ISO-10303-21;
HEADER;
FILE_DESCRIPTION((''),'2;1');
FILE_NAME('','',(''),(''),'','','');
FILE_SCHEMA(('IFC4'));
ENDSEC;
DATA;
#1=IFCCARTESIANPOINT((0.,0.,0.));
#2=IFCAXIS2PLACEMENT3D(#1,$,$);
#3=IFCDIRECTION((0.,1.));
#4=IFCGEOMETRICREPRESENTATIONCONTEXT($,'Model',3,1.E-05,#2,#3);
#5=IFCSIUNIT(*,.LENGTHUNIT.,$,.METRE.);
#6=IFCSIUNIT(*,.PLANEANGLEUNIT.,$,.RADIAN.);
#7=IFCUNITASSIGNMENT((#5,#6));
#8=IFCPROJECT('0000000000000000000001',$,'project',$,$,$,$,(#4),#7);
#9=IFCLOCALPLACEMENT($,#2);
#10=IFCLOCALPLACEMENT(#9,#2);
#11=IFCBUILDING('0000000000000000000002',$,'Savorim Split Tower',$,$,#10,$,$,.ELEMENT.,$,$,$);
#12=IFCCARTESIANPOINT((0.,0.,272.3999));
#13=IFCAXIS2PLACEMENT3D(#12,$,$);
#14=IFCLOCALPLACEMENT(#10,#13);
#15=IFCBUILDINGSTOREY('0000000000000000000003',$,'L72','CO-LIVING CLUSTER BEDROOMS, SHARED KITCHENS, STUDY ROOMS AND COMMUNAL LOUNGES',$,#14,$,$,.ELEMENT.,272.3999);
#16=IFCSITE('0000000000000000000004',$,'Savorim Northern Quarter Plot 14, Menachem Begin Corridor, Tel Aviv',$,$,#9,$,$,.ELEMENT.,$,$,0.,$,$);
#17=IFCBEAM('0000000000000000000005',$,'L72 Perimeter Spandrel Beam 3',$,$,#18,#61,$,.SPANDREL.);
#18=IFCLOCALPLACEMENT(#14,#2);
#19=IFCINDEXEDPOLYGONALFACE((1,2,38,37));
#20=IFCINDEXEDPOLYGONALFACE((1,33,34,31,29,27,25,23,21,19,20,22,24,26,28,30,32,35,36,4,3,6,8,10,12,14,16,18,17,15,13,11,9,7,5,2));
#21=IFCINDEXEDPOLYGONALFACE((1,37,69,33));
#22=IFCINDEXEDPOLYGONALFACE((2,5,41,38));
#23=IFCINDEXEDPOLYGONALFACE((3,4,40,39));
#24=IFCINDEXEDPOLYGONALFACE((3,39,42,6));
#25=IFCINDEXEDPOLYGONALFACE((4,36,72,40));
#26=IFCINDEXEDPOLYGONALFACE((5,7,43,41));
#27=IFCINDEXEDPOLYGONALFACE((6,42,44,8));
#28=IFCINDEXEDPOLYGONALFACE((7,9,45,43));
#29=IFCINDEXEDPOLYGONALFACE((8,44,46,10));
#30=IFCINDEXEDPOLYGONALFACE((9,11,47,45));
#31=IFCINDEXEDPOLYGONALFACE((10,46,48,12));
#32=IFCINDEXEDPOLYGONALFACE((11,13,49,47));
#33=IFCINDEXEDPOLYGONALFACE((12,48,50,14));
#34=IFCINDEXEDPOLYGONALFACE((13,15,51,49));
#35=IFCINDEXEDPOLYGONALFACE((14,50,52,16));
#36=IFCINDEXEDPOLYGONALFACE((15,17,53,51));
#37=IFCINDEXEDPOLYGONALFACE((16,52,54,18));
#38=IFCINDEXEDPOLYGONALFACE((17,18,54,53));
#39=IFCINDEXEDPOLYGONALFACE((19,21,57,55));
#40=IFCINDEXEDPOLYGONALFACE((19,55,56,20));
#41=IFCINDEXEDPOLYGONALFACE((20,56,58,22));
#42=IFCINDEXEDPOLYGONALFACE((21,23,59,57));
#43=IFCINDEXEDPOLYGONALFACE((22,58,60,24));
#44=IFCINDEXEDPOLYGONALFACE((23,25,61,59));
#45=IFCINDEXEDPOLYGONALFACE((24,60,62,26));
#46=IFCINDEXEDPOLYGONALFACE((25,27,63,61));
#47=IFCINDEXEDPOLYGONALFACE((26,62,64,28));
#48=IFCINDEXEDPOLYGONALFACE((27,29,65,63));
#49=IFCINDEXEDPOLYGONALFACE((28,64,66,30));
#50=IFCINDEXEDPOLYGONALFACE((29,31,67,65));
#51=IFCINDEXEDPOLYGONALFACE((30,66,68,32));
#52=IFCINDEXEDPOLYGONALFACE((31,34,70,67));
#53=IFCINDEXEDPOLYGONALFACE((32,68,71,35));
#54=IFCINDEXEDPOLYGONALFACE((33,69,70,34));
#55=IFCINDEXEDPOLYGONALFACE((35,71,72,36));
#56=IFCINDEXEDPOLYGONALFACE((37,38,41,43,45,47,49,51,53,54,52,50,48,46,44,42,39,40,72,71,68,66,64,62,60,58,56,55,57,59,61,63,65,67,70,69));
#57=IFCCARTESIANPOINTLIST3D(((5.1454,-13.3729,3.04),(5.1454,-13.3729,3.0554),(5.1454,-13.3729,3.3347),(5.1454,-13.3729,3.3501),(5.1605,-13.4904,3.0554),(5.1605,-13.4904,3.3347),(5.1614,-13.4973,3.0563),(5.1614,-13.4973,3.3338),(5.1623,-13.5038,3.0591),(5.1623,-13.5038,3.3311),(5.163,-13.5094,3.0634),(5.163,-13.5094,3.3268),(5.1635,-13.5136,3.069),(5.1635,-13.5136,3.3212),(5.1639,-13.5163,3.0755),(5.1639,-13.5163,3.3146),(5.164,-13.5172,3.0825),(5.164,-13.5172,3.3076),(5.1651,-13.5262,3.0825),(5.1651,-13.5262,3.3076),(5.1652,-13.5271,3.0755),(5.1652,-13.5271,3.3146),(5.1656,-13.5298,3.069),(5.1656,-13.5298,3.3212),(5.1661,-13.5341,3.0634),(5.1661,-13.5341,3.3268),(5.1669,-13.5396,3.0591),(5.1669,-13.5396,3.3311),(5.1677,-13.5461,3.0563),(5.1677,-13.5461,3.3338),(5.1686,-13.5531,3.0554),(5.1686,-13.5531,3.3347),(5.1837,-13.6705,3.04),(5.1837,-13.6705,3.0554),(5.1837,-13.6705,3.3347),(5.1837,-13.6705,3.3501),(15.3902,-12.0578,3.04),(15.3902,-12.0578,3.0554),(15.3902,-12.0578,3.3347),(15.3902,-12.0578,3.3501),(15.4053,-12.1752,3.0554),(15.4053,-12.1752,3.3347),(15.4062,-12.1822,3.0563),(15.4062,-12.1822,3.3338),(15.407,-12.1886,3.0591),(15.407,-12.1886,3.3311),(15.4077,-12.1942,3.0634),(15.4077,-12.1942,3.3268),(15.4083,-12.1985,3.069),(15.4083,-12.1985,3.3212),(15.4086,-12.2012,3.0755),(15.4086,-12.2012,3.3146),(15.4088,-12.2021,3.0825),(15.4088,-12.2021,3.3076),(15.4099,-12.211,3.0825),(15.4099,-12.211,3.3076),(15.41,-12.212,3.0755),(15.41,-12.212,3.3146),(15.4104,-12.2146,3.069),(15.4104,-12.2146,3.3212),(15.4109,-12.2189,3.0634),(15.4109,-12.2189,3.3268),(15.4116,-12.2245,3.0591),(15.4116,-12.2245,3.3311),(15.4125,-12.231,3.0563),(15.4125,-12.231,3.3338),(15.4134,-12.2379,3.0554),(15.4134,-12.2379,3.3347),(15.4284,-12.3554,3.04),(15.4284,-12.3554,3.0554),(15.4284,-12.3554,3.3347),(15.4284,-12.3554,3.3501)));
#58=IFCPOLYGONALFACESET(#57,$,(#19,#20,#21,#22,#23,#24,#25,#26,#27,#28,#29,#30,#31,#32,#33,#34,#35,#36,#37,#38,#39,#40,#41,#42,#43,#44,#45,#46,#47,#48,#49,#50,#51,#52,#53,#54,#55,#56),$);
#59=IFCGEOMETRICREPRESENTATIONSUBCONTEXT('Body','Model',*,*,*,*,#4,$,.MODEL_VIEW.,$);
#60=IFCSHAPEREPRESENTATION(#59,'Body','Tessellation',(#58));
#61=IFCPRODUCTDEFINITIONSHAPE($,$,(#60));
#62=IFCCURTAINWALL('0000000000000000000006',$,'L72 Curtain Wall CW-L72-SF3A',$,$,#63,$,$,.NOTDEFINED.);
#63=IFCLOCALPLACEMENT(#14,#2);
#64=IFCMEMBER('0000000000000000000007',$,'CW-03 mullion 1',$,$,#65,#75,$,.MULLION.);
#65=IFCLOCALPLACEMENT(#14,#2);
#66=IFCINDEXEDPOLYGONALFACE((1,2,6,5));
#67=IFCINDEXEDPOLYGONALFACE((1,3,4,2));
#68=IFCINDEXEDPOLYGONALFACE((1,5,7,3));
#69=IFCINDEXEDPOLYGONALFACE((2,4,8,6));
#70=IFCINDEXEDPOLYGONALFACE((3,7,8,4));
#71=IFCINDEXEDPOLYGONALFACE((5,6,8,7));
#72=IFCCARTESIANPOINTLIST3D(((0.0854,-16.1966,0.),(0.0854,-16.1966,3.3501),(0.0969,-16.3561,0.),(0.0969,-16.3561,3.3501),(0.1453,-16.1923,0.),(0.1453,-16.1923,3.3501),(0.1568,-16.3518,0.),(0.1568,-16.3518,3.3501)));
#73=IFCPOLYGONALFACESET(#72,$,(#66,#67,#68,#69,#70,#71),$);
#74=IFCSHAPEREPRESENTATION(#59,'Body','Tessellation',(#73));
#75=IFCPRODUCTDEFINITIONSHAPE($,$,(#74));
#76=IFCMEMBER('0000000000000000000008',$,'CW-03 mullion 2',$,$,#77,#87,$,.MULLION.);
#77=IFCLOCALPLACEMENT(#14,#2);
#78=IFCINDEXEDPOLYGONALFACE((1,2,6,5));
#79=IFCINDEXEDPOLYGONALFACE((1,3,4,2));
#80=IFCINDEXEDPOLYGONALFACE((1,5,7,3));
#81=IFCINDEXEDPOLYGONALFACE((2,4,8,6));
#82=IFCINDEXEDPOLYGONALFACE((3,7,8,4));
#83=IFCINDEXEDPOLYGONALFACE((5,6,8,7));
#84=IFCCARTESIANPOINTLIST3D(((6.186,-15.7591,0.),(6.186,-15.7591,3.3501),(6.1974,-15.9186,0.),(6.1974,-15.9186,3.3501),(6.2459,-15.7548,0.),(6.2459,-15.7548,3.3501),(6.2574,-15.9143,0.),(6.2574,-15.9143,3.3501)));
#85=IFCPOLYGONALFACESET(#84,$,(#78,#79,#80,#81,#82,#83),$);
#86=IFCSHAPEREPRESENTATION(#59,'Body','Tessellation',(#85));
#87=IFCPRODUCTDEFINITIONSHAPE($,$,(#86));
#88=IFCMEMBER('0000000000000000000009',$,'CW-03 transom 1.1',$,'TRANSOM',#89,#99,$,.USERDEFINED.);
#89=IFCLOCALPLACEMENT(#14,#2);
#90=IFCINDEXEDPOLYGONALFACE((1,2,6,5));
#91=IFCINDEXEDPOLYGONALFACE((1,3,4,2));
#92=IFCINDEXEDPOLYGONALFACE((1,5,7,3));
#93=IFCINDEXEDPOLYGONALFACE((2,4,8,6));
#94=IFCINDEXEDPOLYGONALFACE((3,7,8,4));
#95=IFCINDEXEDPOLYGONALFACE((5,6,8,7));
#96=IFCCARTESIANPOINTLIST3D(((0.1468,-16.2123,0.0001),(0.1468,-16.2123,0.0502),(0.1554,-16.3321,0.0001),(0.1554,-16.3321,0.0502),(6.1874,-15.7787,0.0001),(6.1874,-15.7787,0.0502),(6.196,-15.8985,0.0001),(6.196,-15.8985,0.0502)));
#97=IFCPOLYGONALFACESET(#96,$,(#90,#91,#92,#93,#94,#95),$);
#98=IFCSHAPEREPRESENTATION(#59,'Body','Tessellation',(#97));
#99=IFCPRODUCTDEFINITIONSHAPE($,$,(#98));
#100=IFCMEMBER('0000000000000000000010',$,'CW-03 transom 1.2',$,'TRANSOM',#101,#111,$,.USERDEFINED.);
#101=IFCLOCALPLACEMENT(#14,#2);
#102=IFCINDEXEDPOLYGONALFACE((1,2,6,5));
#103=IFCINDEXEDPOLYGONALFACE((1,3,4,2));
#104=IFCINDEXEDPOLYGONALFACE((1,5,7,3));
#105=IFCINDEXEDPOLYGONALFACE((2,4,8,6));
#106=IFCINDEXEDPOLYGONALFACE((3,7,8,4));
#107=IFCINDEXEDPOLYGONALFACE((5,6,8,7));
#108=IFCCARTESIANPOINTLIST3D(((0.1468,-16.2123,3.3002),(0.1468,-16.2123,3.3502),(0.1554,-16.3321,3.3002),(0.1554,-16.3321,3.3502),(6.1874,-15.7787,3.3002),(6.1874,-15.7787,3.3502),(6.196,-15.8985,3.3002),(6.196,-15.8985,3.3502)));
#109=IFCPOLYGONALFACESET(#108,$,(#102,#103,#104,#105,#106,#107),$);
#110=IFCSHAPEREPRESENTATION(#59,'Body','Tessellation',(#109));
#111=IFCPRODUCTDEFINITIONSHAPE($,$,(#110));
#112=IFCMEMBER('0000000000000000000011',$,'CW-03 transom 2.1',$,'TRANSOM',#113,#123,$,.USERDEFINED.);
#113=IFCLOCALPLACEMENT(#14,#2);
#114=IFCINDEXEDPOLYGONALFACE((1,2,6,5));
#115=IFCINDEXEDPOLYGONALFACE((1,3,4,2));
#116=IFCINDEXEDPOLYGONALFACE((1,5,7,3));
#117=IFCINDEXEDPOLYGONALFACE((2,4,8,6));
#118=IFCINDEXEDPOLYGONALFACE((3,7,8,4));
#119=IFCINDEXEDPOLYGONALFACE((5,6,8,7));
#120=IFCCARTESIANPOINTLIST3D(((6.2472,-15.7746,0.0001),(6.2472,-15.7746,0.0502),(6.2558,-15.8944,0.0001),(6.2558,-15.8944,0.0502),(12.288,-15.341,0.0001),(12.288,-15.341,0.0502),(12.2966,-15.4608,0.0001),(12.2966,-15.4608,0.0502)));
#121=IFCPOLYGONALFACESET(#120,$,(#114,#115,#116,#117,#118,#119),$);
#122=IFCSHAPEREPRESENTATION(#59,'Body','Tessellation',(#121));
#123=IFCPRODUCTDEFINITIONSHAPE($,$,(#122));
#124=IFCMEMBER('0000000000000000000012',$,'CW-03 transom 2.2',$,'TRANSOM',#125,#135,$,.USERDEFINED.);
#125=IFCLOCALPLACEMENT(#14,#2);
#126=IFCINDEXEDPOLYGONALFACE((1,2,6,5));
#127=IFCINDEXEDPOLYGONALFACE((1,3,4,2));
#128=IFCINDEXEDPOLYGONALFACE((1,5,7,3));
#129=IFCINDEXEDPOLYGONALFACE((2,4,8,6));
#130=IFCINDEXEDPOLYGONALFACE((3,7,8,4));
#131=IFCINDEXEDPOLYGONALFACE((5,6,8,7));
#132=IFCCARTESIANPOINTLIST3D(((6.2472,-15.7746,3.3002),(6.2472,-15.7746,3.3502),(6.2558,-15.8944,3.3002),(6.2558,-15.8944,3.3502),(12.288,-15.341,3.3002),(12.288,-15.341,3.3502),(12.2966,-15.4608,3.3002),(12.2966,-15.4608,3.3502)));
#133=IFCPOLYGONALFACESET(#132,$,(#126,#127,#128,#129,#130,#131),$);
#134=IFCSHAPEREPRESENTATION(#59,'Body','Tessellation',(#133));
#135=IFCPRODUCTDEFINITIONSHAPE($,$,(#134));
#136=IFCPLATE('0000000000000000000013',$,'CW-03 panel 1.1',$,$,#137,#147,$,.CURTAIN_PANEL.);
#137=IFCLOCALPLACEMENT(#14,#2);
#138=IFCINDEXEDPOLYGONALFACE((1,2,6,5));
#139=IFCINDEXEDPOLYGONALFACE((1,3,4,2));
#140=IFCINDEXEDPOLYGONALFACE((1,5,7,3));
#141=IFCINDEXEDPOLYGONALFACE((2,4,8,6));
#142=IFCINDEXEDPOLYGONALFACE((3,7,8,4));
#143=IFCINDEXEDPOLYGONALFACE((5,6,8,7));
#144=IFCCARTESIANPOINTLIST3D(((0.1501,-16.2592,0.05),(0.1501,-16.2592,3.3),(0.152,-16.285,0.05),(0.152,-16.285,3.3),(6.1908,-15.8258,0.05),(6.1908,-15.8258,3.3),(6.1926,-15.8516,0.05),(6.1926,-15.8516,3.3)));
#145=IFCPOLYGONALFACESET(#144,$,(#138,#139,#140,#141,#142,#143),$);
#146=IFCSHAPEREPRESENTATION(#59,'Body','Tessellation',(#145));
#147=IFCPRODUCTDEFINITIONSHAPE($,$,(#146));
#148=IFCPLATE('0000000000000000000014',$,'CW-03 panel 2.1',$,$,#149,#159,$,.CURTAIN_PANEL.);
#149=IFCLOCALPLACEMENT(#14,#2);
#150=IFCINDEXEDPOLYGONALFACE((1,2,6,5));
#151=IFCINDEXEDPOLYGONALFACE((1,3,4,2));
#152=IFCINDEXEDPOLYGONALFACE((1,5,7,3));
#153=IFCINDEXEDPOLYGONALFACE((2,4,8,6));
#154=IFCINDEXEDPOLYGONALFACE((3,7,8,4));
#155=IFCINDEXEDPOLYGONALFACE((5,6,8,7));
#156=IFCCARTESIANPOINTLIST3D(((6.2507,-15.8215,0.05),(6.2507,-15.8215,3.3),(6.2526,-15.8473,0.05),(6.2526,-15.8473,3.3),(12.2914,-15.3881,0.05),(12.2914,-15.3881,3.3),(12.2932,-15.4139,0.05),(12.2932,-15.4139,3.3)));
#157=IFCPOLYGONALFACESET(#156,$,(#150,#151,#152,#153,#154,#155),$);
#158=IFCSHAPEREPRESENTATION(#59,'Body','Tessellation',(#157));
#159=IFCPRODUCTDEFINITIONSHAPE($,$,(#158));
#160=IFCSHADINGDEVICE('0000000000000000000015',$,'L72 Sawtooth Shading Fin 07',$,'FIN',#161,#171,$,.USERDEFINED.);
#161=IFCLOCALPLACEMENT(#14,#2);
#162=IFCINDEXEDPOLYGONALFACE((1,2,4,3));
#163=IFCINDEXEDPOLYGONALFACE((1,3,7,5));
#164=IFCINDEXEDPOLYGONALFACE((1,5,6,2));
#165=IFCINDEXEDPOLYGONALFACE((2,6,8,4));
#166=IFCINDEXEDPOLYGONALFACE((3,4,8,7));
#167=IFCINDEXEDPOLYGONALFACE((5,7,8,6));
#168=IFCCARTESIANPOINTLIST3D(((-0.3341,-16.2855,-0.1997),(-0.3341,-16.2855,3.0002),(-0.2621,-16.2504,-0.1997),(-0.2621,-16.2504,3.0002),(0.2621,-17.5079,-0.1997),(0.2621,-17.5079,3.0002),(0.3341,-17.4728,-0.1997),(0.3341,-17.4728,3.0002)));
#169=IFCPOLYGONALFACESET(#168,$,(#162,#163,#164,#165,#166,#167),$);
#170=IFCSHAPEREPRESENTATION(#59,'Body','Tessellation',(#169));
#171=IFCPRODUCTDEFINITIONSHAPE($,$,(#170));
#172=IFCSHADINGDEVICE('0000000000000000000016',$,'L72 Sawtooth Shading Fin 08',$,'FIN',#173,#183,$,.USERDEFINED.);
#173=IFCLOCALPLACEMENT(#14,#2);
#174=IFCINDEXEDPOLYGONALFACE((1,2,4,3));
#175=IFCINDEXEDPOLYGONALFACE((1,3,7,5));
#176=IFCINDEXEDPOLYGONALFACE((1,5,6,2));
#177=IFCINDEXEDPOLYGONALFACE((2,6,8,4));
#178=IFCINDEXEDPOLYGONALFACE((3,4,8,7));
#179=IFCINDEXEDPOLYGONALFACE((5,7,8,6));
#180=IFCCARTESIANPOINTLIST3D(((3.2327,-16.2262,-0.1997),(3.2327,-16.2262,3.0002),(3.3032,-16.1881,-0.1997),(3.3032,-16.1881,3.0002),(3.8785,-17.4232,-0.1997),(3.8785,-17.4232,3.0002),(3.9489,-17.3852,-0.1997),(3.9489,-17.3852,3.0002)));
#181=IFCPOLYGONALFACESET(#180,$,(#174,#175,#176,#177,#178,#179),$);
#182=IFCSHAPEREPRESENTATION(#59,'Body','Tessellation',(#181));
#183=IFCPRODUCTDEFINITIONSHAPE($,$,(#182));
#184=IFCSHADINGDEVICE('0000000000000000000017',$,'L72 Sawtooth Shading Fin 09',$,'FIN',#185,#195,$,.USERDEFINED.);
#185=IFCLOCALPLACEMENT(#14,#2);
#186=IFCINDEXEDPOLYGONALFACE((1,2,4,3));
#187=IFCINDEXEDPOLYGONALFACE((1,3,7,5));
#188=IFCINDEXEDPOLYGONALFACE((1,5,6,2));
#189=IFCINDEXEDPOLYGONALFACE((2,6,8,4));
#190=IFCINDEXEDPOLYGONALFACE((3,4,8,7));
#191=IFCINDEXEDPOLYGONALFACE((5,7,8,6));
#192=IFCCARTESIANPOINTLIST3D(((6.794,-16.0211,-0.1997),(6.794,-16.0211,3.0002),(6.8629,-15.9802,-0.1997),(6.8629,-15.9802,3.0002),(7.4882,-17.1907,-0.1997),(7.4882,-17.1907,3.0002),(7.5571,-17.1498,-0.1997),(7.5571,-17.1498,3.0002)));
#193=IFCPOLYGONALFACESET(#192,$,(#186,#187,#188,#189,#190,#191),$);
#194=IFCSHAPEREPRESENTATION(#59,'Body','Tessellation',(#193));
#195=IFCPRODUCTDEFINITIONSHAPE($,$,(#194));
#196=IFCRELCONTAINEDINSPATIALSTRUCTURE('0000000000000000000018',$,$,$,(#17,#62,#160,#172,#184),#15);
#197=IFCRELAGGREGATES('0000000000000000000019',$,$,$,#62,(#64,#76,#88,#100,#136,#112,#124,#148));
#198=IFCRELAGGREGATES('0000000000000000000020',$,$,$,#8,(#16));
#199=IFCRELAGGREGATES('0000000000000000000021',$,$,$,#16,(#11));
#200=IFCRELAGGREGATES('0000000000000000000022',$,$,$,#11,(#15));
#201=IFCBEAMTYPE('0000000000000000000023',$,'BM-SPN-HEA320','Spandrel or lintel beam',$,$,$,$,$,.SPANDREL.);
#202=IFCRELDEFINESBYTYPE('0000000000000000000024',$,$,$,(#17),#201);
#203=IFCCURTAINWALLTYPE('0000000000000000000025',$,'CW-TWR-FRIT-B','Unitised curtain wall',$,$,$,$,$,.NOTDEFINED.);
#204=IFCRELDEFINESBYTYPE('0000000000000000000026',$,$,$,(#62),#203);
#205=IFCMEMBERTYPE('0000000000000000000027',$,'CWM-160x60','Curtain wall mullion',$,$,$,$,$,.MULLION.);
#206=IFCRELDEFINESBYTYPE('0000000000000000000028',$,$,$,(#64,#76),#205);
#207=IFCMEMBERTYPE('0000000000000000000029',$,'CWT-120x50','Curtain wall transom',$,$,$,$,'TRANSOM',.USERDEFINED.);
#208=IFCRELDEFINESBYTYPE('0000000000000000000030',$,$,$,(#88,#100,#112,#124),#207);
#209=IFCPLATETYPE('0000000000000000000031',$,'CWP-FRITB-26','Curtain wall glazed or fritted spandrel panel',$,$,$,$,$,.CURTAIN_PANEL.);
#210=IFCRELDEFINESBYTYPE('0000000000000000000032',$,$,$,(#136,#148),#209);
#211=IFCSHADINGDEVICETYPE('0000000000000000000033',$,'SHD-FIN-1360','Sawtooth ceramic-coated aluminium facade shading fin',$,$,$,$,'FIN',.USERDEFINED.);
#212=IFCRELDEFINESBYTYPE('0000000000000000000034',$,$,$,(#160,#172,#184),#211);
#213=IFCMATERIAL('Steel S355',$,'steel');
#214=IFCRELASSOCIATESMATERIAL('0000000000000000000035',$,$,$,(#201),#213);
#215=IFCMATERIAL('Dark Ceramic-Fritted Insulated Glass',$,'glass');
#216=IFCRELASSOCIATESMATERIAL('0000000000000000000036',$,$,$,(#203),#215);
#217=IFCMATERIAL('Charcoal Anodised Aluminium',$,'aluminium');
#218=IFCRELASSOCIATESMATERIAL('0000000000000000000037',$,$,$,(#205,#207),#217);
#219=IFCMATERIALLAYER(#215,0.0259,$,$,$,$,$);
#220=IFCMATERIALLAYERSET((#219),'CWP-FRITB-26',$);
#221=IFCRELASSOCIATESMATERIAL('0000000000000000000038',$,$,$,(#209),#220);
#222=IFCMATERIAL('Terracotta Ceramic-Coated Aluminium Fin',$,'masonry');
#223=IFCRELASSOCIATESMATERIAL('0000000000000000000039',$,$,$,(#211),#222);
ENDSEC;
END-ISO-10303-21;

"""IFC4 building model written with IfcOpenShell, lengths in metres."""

from ifc_helpers import new_model, si_unit, direction, frame, origin, origin_2d, place, context, subcontext, project, spatial, rectangle, i_section, extrude, material, layer, layer_set, material_profile, profile_set, type_object, element, aggregate, save


model = new_model("IFC4")

# Units and contexts
model_context = context("Model", 3, precision=1e-05, world=origin(), true_north=direction((0.0, 1.0)))
body_context = subcontext(model_context, "Body", "Model", "MODEL_VIEW")
ifc_project = project(units=[si_unit("LENGTHUNIT", "METRE"), si_unit("PLANEANGLEUNIT", "RADIAN")], contexts=[model_context])

# Site, building, storey
site_placement = place(None, origin())
site = spatial("IfcSite", under=ifc_project, at=site_placement, Name="Savorim Northern Quarter Plot 14, Menachem Begin Corridor, Tel Aviv", CompositionType="ELEMENT", RefElevation=0.0)
building_placement = place(site_placement, origin())
building = spatial("IfcBuilding", under=site, at=building_placement, Name="Savorim Split Tower", CompositionType="ELEMENT")
storey_placement = place(building_placement, frame((0.0, 0.0, 272.3999)))
storey = spatial("IfcBuildingStorey", under=building, at=storey_placement, Name="L72", Description="CO-LIVING CLUSTER BEDROOMS, SHARED KITCHENS, STUDY ROOMS AND COMMUNAL LOUNGES", CompositionType="ELEMENT", Elevation=272.3999)

# Shared definitions
ifc_material_1 = material(Name="Steel S355", Category="steel")

# Beam
ifc_material_profile_1 = material_profile(ifc_material_1, i_section(OverallWidth=0.3, OverallDepth=0.3101, WebThickness=0.009, FlangeThickness=0.0154, FilletRadius=0.0271, at=origin_2d()), Name="HEA 320")
ifc_profile_set_1 = profile_set([ifc_material_profile_1], Name="Steel S355")
beam_type_1 = type_object("IfcBeamType", Name="BM-SPN-HEA320", Description="Spandrel or lintel beam", PredefinedType="SPANDREL", material=ifc_profile_set_1)
beam_1_placement = place(storey_placement, frame((5.1646, -13.5217, 3.1951), z_axis=(0.99186, 0.12733, 0.0), x_axis=(-0.12733, 0.99186, 0.0)))
element("IfcBeam", 1, at=beam_1_placement, inside=storey, type_object=beam_type_1, Name="L72 Perimeter Spandrel Beam 3", PredefinedType="SPANDREL", context=body_context, shape_type="SweptSolid", body=[
    extrude(i_section(OverallWidth=0.3, OverallDepth=0.3101, WebThickness=0.009, FlangeThickness=0.0154, FilletRadius=0.0271, at=origin_2d()), origin(), (0.0, 0.0, 1.0), 10.3289),
])

# Curtain wall, members, plates
ifc_material_2 = material(Name="Dark Ceramic-Fritted Insulated Glass", Category="glass")
curtain_wall_type = type_object("IfcCurtainWallType", Name="CW-TWR-FRIT-B", Description="Unitised curtain wall", PredefinedType="NOTDEFINED", material=ifc_material_2)
curtain_wall_placement = place(storey_placement, origin())
curtain_wall = element("IfcCurtainWall", 2, at=curtain_wall_placement, inside=storey, type_object=curtain_wall_type, Name="L72 Curtain Wall CW-L72-SF3A", PredefinedType="NOTDEFINED")
ifc_material_3 = material(Name="Charcoal Anodised Aluminium", Category="aluminium")
ifc_material_profile_2 = material_profile(ifc_material_3, rectangle(XDim=0.1599, YDim=0.0601, at=origin_2d()), Name="ALU-M 160x60")
ifc_profile_set_2 = profile_set([ifc_material_profile_2], Name="Charcoal Anodised Aluminium")
member_type_1 = type_object("IfcMemberType", Name="CWM-160x60", Description="Curtain wall mullion", PredefinedType="MULLION", material=ifc_profile_set_2)
member_1_placement = place(storey_placement, frame((0.1211, -16.2742, 0.0), z_axis=(0.0, 0.0, 1.0), x_axis=(-0.071564, 0.997436, 0.0)))
member_1 = element("IfcMember", 3, at=member_1_placement, type_object=member_type_1, Name="CW-03 mullion 1", PredefinedType="MULLION", context=body_context, shape_type="SweptSolid", body=[
    extrude(rectangle(XDim=0.1599, YDim=0.0601, at=origin_2d()), origin(), (0.0, 0.0, 1.0), 3.3501),
])
member_2_placement = place(storey_placement, frame((6.2217, -15.8367, 0.0), z_axis=(0.0, 0.0, 1.0), x_axis=(-0.071564, 0.997436, 0.0)))
member_2 = element("IfcMember", 4, at=member_2_placement, type_object=member_type_1, Name="CW-03 mullion 2", PredefinedType="MULLION", context=body_context, shape_type="SweptSolid", body=[
    extrude(rectangle(XDim=0.1599, YDim=0.0601, at=origin_2d()), origin(), (0.0, 0.0, 1.0), 3.3501),
])
ifc_material_profile_3 = material_profile(ifc_material_3, rectangle(XDim=0.1201, YDim=0.05, at=origin_2d()), Name="ALU-T 120x50")
ifc_profile_set_3 = profile_set([ifc_material_profile_3], Name="Charcoal Anodised Aluminium")
member_type_2 = type_object("IfcMemberType", Name="CWT-120x50", Description="Curtain wall transom", ElementType="TRANSOM", PredefinedType="USERDEFINED", material=ifc_profile_set_3)
member_3_placement = place(storey_placement, frame((0.1511, -16.2722, 0.0251), z_axis=(0.997434, 0.071597, 0.0), x_axis=(-0.071597, 0.997434, 0.0)))
member_3 = element("IfcMember", 5, at=member_3_placement, type_object=member_type_2, Name="CW-03 transom 1.1", ObjectType="TRANSOM", PredefinedType="USERDEFINED", context=body_context, shape_type="SweptSolid", body=[
    extrude(rectangle(XDim=0.1201, YDim=0.05, at=origin_2d()), origin(), (0.0, 0.0, 1.0), 6.0562),
])
member_4_placement = place(storey_placement, frame((0.1511, -16.2722, 3.3252), z_axis=(0.997434, 0.071597, 0.0), x_axis=(-0.071597, 0.997434, 0.0)))
member_4 = element("IfcMember", 6, at=member_4_placement, type_object=member_type_2, Name="CW-03 transom 1.2", ObjectType="TRANSOM", PredefinedType="USERDEFINED", context=body_context, shape_type="SweptSolid", body=[
    extrude(rectangle(XDim=0.1201, YDim=0.05, at=origin_2d()), origin(), (0.0, 0.0, 1.0), 6.0562),
])
member_5_placement = place(storey_placement, frame((6.2515, -15.8345, 0.0251), z_axis=(0.997434, 0.071594, 0.0), x_axis=(-0.071594, 0.997434, 0.0)))
member_5 = element("IfcMember", 7, at=member_5_placement, type_object=member_type_2, Name="CW-03 transom 2.1", ObjectType="TRANSOM", PredefinedType="USERDEFINED", context=body_context, shape_type="SweptSolid", body=[
    extrude(rectangle(XDim=0.1201, YDim=0.05, at=origin_2d()), origin(), (0.0, 0.0, 1.0), 6.0564),
])
member_6_placement = place(storey_placement, frame((6.2515, -15.8345, 3.3252), z_axis=(0.997434, 0.071594, 0.0), x_axis=(-0.071594, 0.997434, 0.0)))
member_6 = element("IfcMember", 8, at=member_6_placement, type_object=member_type_2, Name="CW-03 transom 2.2", ObjectType="TRANSOM", PredefinedType="USERDEFINED", context=body_context, shape_type="SweptSolid", body=[
    extrude(rectangle(XDim=0.1201, YDim=0.05, at=origin_2d()), origin(), (0.0, 0.0, 1.0), 6.0564),
])
ifc_layer = layer(ifc_material_2, 0.0259)
ifc_layer_set = layer_set([ifc_layer], Name="CWP-FRITB-26")
plate_type = type_object("IfcPlateType", Name="CWP-FRITB-26", Description="Curtain wall glazed or fritted spandrel panel", PredefinedType="CURTAIN_PANEL", material=ifc_layer_set)
plate_1_placement = place(storey_placement, frame((3.1714, -16.0554, 0.05), z_axis=(0.0, 0.0, 1.0), x_axis=(0.997436, 0.071564, 0.0)))
plate_1 = element("IfcPlate", 9, at=plate_1_placement, type_object=plate_type, Name="CW-03 panel 1.1", PredefinedType="CURTAIN_PANEL", context=body_context, shape_type="SweptSolid", body=[
    extrude(rectangle(XDim=6.0562, YDim=0.0259, at=origin_2d()), origin(), (0.0, 0.0, 1.0), 3.25),
])
plate_2_placement = place(storey_placement, frame((9.272, -15.6177, 0.05), z_axis=(0.0, 0.0, 1.0), x_axis=(0.997436, 0.071564, 0.0)))
plate_2 = element("IfcPlate", 10, at=plate_2_placement, type_object=plate_type, Name="CW-03 panel 2.1", PredefinedType="CURTAIN_PANEL", context=body_context, shape_type="SweptSolid", body=[
    extrude(rectangle(XDim=6.0562, YDim=0.0259, at=origin_2d()), origin(), (0.0, 0.0, 1.0), 3.25),
])
aggregate(curtain_wall, [member_1, member_2, member_3, member_4, plate_1, member_5, member_6, plate_2])

# Shading devices
ifc_material_4 = material(Name="Terracotta Ceramic-Coated Aluminium Fin", Category="masonry")
shading_device_type = type_object("IfcShadingDeviceType", Name="SHD-FIN-1360", Description="Sawtooth ceramic-coated aluminium facade shading fin", ElementType="FIN", PredefinedType="USERDEFINED", material=ifc_material_4)
for number, where, z_axis, x_axis, name in (
    (11, (0.0, -16.8792, -0.1997), (0.0, 0.0, 1.0), (0.438371, -0.898794, 0.0), "L72 Sawtooth Shading Fin 07"),
    (12, (3.5908, -16.8057, -0.1997), (0.0, 0.0, 1.0), (0.474778, -0.880106, 0.0), "L72 Sawtooth Shading Fin 08"),
    (13, (7.1755, -16.5854, -0.1997), (0.0, 0.0, 1.0), (0.510391, -0.859942, 0.0), "L72 Sawtooth Shading Fin 09"),
):
    element("IfcShadingDevice", number, at=place(storey_placement, frame(where, z_axis=z_axis, x_axis=x_axis)), inside=storey, type_object=shading_device_type, Name=name, ObjectType="FIN", PredefinedType="USERDEFINED", context=body_context, shape_type="SweptSolid", body=[
        extrude(rectangle(XDim=1.3601, YDim=0.0801, at=origin_2d()), origin(), (0.0, 0.0, 1.0), 3.2),
    ])

save(model, "model.ifc")
